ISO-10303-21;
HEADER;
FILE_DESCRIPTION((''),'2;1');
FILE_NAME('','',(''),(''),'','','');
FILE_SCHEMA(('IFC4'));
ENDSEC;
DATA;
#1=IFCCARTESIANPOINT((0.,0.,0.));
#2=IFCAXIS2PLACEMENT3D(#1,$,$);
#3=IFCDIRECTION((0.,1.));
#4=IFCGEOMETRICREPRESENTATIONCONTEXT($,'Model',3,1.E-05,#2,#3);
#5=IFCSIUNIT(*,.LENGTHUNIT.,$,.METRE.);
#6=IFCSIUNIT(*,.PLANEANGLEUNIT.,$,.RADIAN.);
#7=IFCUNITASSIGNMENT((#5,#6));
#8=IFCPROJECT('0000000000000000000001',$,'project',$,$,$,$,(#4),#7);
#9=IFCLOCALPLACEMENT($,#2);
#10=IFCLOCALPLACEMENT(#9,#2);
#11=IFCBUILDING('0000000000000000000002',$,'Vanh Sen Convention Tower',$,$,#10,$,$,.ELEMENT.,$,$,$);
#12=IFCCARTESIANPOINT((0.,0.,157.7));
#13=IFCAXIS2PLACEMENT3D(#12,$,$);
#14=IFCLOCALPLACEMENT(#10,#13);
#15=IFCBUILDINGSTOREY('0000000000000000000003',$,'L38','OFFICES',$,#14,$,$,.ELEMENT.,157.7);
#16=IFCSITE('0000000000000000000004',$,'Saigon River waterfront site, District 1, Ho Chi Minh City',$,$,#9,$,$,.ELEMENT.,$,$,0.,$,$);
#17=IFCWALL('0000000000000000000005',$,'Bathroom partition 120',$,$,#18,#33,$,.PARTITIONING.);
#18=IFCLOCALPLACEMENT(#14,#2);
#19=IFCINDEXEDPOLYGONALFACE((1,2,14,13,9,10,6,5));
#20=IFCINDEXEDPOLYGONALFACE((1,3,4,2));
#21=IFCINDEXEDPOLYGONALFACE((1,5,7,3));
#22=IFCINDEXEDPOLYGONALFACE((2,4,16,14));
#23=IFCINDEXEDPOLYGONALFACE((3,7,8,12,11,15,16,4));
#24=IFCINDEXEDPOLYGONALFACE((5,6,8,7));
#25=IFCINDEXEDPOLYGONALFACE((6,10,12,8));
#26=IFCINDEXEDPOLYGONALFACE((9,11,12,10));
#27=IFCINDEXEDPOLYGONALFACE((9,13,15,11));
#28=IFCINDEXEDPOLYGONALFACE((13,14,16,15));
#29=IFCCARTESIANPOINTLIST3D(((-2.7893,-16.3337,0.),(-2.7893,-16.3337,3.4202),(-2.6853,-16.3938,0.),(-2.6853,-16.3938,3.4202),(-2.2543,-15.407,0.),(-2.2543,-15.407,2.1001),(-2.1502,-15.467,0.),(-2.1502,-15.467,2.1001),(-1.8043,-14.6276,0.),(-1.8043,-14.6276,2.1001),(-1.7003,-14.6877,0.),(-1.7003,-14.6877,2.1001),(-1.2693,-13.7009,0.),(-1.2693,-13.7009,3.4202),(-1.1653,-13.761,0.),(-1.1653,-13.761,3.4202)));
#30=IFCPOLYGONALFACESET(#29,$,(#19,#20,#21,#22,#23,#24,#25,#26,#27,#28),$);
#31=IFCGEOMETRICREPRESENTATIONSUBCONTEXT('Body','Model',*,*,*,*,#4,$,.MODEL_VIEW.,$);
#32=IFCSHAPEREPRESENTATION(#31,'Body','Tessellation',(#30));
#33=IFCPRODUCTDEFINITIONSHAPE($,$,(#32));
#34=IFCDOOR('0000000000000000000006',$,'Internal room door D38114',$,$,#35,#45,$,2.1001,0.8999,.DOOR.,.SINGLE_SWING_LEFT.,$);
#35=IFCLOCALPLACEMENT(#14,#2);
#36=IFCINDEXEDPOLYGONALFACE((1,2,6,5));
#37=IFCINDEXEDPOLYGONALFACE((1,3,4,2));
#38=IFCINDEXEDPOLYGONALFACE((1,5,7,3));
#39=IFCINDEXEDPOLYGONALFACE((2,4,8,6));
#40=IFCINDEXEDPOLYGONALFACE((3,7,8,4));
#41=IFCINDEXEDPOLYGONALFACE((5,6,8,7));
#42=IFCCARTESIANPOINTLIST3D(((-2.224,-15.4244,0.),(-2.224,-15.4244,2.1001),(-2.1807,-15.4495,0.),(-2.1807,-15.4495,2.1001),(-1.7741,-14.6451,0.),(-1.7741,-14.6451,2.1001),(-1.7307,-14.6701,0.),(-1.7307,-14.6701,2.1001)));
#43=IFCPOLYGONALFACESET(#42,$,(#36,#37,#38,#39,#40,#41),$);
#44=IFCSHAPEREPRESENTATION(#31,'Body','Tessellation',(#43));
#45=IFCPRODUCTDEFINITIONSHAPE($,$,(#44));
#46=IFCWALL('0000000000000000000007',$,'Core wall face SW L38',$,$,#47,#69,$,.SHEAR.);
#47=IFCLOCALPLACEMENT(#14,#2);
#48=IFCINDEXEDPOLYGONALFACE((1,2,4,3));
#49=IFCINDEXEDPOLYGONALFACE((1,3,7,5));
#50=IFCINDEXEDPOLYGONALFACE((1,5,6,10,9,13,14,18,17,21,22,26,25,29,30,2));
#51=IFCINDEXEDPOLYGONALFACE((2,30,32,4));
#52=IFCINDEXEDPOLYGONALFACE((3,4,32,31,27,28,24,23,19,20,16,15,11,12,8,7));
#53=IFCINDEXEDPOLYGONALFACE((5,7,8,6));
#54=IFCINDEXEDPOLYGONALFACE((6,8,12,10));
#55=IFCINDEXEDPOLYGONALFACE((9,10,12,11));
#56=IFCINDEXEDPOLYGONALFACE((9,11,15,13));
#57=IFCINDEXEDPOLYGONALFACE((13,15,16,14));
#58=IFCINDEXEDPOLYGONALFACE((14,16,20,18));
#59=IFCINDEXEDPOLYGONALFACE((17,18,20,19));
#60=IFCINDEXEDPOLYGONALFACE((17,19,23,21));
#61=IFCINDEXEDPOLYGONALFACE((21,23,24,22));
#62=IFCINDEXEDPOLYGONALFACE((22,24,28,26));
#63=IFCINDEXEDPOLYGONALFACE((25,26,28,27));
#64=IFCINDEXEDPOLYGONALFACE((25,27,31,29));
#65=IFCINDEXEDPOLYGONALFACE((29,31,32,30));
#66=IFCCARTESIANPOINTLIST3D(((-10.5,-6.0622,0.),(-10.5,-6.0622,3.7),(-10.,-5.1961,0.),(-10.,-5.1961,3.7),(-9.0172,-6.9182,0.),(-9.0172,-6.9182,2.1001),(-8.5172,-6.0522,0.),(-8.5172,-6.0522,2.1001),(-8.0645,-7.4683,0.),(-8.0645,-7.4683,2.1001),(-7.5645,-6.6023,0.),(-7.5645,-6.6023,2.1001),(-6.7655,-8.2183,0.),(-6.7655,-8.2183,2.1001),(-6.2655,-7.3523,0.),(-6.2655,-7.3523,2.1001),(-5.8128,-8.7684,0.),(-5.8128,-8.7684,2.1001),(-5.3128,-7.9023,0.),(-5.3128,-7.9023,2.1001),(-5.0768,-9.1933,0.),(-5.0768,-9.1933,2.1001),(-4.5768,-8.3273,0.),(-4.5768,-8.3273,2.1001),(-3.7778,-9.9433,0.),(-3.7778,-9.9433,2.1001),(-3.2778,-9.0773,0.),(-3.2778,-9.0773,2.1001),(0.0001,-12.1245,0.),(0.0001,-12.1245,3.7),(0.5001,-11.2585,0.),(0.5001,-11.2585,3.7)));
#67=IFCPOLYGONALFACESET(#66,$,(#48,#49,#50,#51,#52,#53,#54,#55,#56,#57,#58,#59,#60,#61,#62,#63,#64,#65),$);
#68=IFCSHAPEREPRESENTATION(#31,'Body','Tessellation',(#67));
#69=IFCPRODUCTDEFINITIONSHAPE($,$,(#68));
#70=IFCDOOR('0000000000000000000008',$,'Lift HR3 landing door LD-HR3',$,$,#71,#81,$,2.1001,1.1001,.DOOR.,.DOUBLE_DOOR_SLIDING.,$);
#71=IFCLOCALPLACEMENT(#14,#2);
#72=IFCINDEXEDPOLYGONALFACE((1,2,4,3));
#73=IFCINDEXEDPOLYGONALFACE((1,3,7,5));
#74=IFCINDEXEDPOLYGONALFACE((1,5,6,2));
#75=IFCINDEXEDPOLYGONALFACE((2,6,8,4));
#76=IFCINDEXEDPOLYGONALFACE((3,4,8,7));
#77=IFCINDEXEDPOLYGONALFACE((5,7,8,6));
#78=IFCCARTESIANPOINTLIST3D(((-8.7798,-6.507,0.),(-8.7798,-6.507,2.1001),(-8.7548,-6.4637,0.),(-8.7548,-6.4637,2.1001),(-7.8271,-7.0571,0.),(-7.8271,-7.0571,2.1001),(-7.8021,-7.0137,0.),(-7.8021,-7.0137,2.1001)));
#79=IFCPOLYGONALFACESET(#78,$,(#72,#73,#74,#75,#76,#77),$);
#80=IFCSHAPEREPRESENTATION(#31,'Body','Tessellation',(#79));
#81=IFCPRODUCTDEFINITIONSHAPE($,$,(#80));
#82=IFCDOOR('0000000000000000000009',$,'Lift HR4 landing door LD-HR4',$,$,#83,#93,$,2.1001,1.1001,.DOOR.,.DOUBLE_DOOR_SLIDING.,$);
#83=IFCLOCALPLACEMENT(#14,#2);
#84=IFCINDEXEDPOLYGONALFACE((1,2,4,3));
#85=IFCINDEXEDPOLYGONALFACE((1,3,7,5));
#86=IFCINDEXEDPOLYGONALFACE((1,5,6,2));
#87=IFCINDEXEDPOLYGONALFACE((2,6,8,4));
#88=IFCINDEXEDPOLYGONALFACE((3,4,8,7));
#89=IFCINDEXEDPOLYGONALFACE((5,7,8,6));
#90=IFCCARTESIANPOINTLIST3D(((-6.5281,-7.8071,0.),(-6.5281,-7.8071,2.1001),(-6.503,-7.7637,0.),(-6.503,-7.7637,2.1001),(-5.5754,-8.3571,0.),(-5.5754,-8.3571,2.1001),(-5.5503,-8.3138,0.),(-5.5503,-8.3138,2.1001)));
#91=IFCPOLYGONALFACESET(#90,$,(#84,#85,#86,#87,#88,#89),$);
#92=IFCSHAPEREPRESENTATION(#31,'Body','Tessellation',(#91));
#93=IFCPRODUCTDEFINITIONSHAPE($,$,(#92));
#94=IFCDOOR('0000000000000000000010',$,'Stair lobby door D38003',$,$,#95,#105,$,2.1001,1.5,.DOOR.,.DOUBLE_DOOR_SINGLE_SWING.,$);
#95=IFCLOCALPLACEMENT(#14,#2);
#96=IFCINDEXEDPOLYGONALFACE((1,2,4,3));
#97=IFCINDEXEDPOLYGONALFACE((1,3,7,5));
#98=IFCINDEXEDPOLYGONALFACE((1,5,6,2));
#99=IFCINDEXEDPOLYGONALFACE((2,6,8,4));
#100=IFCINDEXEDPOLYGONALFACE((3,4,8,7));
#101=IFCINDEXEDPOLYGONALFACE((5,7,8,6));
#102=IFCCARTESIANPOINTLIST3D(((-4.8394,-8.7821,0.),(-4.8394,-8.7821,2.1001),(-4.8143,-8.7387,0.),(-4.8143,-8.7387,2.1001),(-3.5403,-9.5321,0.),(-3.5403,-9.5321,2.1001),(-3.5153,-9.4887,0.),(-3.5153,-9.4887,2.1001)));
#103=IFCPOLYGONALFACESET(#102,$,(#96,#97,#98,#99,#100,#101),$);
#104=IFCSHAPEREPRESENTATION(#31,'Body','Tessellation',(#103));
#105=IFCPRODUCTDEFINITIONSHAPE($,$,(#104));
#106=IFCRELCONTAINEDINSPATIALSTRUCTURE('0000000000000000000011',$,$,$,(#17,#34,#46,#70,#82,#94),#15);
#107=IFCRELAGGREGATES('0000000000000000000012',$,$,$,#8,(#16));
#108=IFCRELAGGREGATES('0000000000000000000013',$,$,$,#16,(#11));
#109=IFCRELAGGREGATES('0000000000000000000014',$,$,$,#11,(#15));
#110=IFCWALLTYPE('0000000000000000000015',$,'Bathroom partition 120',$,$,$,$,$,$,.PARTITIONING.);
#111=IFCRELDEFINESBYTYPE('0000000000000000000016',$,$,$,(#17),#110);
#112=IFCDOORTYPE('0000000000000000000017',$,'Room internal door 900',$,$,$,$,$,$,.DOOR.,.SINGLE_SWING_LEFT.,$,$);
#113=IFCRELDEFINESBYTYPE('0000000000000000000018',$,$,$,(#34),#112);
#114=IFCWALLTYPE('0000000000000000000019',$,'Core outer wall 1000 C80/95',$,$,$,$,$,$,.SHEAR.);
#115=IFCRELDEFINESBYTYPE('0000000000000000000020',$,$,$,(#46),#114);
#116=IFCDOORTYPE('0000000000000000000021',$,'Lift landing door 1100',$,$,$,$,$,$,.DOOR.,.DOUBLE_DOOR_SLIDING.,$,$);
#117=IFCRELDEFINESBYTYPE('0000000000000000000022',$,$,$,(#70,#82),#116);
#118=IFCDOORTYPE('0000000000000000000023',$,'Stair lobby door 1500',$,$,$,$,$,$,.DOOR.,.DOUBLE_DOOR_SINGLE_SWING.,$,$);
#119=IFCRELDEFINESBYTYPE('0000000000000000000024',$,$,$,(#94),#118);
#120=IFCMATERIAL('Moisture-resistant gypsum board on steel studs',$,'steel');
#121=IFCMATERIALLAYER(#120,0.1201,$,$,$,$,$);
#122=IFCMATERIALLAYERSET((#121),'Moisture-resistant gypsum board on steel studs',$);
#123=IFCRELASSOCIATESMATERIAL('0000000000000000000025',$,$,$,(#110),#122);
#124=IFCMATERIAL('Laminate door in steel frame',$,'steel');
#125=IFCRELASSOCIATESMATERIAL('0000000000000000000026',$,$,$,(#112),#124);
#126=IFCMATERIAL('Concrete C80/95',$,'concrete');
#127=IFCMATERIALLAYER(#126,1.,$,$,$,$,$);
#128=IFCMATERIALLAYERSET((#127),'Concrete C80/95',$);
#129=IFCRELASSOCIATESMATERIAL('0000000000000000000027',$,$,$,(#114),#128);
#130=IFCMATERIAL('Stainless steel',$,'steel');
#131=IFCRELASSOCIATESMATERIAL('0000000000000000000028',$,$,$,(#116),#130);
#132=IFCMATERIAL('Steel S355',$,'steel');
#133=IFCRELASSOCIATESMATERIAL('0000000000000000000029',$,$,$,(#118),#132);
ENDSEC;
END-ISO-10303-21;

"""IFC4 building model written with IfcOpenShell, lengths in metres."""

from ifc_helpers import new_model, si_unit, direction, frame, frame_2d, origin, place, context, subcontext, project, spatial, rectangle, extrude, material, layer, layer_set, type_object, element, fill, save


model = new_model("IFC4")

# Units and contexts
model_context = context("Model", 3, precision=1e-05, world=origin(), true_north=direction((0.0, 1.0)))
body_context = subcontext(model_context, "Body", "Model", "MODEL_VIEW")
ifc_project = project(units=[si_unit("LENGTHUNIT", "METRE"), si_unit("PLANEANGLEUNIT", "RADIAN")], contexts=[model_context])

# Site, building, storey
site_placement = place(None, origin())
site = spatial("IfcSite", under=ifc_project, at=site_placement, Name="Saigon River waterfront site, District 1, Ho Chi Minh City", CompositionType="ELEMENT", RefElevation=0.0)
building_placement = place(site_placement, origin())
building = spatial("IfcBuilding", under=site, at=building_placement, Name="Vanh Sen Convention Tower", CompositionType="ELEMENT")
storey_placement = place(building_placement, frame((0.0, 0.0, 157.7)))
storey = spatial("IfcBuildingStorey", under=building, at=storey_placement, Name="L38", Description="OFFICES", CompositionType="ELEMENT", Elevation=157.7)

# Wall, opening, door
ifc_material_1 = material(Name="Moisture-resistant gypsum board on steel studs", Category="steel")
ifc_layer_1 = layer(ifc_material_1, 0.1201)
ifc_layer_set_1 = layer_set([ifc_layer_1], Name="Moisture-resistant gypsum board on steel studs")
wall_type_1 = type_object("IfcWallType", Name="Bathroom partition 120", PredefinedType="PARTITIONING", material=ifc_layer_set_1)
wall_1_placement = place(storey_placement, frame((-1.2173, -13.731, 0.0), z_axis=(0.0, 0.0, 1.0), x_axis=(-0.499991, -0.86603, 0.0)))
wall_1 = element("IfcWall", 1, at=wall_1_placement, inside=storey, type_object=wall_type_1, Name="Bathroom partition 120", PredefinedType="PARTITIONING", context=body_context, shape_type="SweptSolid", body=[
    extrude(rectangle(XDim=3.04, YDim=0.1201, at=frame_2d((1.52, 0.0))), origin(), (0.0, 0.0, 1.0), 3.4202),
])
opening_1_placement = place(wall_1_placement, frame((1.0701, 0.0, 0.0)))
opening_1 = element("IfcOpeningElement", 2, at=opening_1_placement, cuts=wall_1, PredefinedType="OPENING", context=body_context, shape_type="SweptSolid", body=[
    extrude(rectangle(XDim=0.8999, YDim=2.1001, at=frame_2d((0.45, 1.05))), frame((0.0, 0.0701, 0.0), z_axis=(0.0, -1.0, 0.0), x_axis=(1.0, 0.0, 0.0)), (0.0, 0.0, 1.0), 0.1401),
])
ifc_material_2 = material(Name="Laminate door in steel frame", Category="steel")
door_type_1 = type_object("IfcDoorType", Name="Room internal door 900", OperationType="SINGLE_SWING_LEFT", PredefinedType="DOOR", material=ifc_material_2)
door_1_placement = place(opening_1_placement, origin())
door_1 = element("IfcDoor", 3, at=door_1_placement, inside=storey, type_object=door_type_1, Name="Internal room door D38114", OperationType="SINGLE_SWING_LEFT", OverallHeight=2.1001, OverallWidth=0.8999, PredefinedType="DOOR", context=body_context, shape_type="SweptSolid", body=[
    extrude(rectangle(XDim=0.8999, YDim=2.1001, at=frame_2d((0.45, 1.05))), frame((0.0, 0.0249, 0.0), z_axis=(0.0, -1.0, 0.0), x_axis=(1.0, 0.0, 0.0)), (0.0, 0.0, 1.0), 0.05),
])
fill(opening_1, door_1)

# Wall, openings, doors
ifc_material_3 = material(Name="Concrete C80/95", Category="concrete")
ifc_layer_2 = layer(ifc_material_3, 1.0)
ifc_layer_set_2 = layer_set([ifc_layer_2], Name="Concrete C80/95")
wall_type_2 = type_object("IfcWallType", Name="Core outer wall 1000 C80/95", PredefinedType="SHEAR", material=ifc_layer_set_2)
wall_2_placement = place(storey_placement, frame((-10.25, -5.6292, 0.0), z_axis=(0.0, 0.0, 1.0), x_axis=(0.866023, -0.500005, 0.0)))
wall_2 = element("IfcWall", 4, at=wall_2_placement, inside=storey, type_object=wall_type_2, Name="Core wall face SW L38", PredefinedType="SHEAR", context=body_context, shape_type="SweptSolid", body=[
    extrude(rectangle(XDim=12.1245, YDim=1.0, at=frame_2d((6.0623, 0.0))), origin(), (0.0, 0.0, 1.0), 3.7),
])
opening_2_placement = place(wall_2_placement, frame((6.2622, 0.0, 0.0)))
opening_2 = element("IfcOpeningElement", 5, at=opening_2_placement, cuts=wall_2, PredefinedType="OPENING", context=body_context, shape_type="SweptSolid", body=[
    extrude(rectangle(XDim=1.5, YDim=2.1001, at=frame_2d((0.75, 1.05))), frame((0.0, 0.51, 0.0), z_axis=(0.0, -1.0, 0.0), x_axis=(1.0, 0.0, 0.0)), (0.0, 0.0, 1.0), 1.02),
])
opening_3_placement = place(wall_2_placement, frame((1.7122, 0.0, 0.0)))
opening_3 = element("IfcOpeningElement", 6, at=opening_3_placement, cuts=wall_2, PredefinedType="OPENING", context=body_context, shape_type="SweptSolid", body=[
    extrude(rectangle(XDim=1.1001, YDim=2.1001, at=frame_2d((0.55, 1.05))), frame((0.0, 0.51, 0.0), z_axis=(0.0, -1.0, 0.0), x_axis=(1.0, 0.0, 0.0)), (0.0, 0.0, 1.0), 1.02),
])
opening_4_placement = place(wall_2_placement, frame((4.3123, 0.0, 0.0)))
opening_4 = element("IfcOpeningElement", 7, at=opening_4_placement, cuts=wall_2, PredefinedType="OPENING", context=body_context, shape_type="SweptSolid", body=[
    extrude(rectangle(XDim=1.1001, YDim=2.1001, at=frame_2d((0.55, 1.05))), frame((0.0, 0.51, 0.0), z_axis=(0.0, -1.0, 0.0), x_axis=(1.0, 0.0, 0.0)), (0.0, 0.0, 1.0), 1.02),
])
ifc_material_4 = material(Name="Stainless steel", Category="steel")
door_type_2 = type_object("IfcDoorType", Name="Lift landing door 1100", OperationType="DOUBLE_DOOR_SLIDING", PredefinedType="DOOR", material=ifc_material_4)
door_2_placement = place(opening_3_placement, origin())
door_2 = element("IfcDoor", 8, at=door_2_placement, inside=storey, type_object=door_type_2, Name="Lift HR3 landing door LD-HR3", OperationType="DOUBLE_DOOR_SLIDING", OverallHeight=2.1001, OverallWidth=1.1001, PredefinedType="DOOR", context=body_context, shape_type="SweptSolid", body=[
    extrude(rectangle(XDim=1.1001, YDim=2.1001, at=frame_2d((0.55, 1.05))), frame((0.0, 0.0249, 0.0), z_axis=(0.0, -1.0, 0.0), x_axis=(1.0, 0.0, 0.0)), (0.0, 0.0, 1.0), 0.05),
])
fill(opening_3, door_2)
door_3_placement = place(opening_4_placement, origin())
door_3 = element("IfcDoor", 9, at=door_3_placement, inside=storey, type_object=door_type_2, Name="Lift HR4 landing door LD-HR4", OperationType="DOUBLE_DOOR_SLIDING", OverallHeight=2.1001, OverallWidth=1.1001, PredefinedType="DOOR", context=body_context, shape_type="SweptSolid", body=[
    extrude(rectangle(XDim=1.1001, YDim=2.1001, at=frame_2d((0.55, 1.05))), frame((0.0, 0.0249, 0.0), z_axis=(0.0, -1.0, 0.0), x_axis=(1.0, 0.0, 0.0)), (0.0, 0.0, 1.0), 0.05),
])
fill(opening_4, door_3)
ifc_material_5 = material(Name="Steel S355", Category="steel")
door_type_3 = type_object("IfcDoorType", Name="Stair lobby door 1500", OperationType="DOUBLE_DOOR_SINGLE_SWING", PredefinedType="DOOR", material=ifc_material_5)
door_4_placement = place(opening_2_placement, origin())
door_4 = element("IfcDoor", 10, at=door_4_placement, inside=storey, type_object=door_type_3, Name="Stair lobby door D38003", OperationType="DOUBLE_DOOR_SINGLE_SWING", OverallHeight=2.1001, OverallWidth=1.5, PredefinedType="DOOR", context=body_context, shape_type="SweptSolid", body=[
    extrude(rectangle(XDim=1.5, YDim=2.1001, at=frame_2d((0.75, 1.05))), frame((0.0, 0.0249, 0.0), z_axis=(0.0, -1.0, 0.0), x_axis=(1.0, 0.0, 0.0)), (0.0, 0.0, 1.0), 0.05),
])
fill(opening_2, door_4)

save(model, "model.ifc")
